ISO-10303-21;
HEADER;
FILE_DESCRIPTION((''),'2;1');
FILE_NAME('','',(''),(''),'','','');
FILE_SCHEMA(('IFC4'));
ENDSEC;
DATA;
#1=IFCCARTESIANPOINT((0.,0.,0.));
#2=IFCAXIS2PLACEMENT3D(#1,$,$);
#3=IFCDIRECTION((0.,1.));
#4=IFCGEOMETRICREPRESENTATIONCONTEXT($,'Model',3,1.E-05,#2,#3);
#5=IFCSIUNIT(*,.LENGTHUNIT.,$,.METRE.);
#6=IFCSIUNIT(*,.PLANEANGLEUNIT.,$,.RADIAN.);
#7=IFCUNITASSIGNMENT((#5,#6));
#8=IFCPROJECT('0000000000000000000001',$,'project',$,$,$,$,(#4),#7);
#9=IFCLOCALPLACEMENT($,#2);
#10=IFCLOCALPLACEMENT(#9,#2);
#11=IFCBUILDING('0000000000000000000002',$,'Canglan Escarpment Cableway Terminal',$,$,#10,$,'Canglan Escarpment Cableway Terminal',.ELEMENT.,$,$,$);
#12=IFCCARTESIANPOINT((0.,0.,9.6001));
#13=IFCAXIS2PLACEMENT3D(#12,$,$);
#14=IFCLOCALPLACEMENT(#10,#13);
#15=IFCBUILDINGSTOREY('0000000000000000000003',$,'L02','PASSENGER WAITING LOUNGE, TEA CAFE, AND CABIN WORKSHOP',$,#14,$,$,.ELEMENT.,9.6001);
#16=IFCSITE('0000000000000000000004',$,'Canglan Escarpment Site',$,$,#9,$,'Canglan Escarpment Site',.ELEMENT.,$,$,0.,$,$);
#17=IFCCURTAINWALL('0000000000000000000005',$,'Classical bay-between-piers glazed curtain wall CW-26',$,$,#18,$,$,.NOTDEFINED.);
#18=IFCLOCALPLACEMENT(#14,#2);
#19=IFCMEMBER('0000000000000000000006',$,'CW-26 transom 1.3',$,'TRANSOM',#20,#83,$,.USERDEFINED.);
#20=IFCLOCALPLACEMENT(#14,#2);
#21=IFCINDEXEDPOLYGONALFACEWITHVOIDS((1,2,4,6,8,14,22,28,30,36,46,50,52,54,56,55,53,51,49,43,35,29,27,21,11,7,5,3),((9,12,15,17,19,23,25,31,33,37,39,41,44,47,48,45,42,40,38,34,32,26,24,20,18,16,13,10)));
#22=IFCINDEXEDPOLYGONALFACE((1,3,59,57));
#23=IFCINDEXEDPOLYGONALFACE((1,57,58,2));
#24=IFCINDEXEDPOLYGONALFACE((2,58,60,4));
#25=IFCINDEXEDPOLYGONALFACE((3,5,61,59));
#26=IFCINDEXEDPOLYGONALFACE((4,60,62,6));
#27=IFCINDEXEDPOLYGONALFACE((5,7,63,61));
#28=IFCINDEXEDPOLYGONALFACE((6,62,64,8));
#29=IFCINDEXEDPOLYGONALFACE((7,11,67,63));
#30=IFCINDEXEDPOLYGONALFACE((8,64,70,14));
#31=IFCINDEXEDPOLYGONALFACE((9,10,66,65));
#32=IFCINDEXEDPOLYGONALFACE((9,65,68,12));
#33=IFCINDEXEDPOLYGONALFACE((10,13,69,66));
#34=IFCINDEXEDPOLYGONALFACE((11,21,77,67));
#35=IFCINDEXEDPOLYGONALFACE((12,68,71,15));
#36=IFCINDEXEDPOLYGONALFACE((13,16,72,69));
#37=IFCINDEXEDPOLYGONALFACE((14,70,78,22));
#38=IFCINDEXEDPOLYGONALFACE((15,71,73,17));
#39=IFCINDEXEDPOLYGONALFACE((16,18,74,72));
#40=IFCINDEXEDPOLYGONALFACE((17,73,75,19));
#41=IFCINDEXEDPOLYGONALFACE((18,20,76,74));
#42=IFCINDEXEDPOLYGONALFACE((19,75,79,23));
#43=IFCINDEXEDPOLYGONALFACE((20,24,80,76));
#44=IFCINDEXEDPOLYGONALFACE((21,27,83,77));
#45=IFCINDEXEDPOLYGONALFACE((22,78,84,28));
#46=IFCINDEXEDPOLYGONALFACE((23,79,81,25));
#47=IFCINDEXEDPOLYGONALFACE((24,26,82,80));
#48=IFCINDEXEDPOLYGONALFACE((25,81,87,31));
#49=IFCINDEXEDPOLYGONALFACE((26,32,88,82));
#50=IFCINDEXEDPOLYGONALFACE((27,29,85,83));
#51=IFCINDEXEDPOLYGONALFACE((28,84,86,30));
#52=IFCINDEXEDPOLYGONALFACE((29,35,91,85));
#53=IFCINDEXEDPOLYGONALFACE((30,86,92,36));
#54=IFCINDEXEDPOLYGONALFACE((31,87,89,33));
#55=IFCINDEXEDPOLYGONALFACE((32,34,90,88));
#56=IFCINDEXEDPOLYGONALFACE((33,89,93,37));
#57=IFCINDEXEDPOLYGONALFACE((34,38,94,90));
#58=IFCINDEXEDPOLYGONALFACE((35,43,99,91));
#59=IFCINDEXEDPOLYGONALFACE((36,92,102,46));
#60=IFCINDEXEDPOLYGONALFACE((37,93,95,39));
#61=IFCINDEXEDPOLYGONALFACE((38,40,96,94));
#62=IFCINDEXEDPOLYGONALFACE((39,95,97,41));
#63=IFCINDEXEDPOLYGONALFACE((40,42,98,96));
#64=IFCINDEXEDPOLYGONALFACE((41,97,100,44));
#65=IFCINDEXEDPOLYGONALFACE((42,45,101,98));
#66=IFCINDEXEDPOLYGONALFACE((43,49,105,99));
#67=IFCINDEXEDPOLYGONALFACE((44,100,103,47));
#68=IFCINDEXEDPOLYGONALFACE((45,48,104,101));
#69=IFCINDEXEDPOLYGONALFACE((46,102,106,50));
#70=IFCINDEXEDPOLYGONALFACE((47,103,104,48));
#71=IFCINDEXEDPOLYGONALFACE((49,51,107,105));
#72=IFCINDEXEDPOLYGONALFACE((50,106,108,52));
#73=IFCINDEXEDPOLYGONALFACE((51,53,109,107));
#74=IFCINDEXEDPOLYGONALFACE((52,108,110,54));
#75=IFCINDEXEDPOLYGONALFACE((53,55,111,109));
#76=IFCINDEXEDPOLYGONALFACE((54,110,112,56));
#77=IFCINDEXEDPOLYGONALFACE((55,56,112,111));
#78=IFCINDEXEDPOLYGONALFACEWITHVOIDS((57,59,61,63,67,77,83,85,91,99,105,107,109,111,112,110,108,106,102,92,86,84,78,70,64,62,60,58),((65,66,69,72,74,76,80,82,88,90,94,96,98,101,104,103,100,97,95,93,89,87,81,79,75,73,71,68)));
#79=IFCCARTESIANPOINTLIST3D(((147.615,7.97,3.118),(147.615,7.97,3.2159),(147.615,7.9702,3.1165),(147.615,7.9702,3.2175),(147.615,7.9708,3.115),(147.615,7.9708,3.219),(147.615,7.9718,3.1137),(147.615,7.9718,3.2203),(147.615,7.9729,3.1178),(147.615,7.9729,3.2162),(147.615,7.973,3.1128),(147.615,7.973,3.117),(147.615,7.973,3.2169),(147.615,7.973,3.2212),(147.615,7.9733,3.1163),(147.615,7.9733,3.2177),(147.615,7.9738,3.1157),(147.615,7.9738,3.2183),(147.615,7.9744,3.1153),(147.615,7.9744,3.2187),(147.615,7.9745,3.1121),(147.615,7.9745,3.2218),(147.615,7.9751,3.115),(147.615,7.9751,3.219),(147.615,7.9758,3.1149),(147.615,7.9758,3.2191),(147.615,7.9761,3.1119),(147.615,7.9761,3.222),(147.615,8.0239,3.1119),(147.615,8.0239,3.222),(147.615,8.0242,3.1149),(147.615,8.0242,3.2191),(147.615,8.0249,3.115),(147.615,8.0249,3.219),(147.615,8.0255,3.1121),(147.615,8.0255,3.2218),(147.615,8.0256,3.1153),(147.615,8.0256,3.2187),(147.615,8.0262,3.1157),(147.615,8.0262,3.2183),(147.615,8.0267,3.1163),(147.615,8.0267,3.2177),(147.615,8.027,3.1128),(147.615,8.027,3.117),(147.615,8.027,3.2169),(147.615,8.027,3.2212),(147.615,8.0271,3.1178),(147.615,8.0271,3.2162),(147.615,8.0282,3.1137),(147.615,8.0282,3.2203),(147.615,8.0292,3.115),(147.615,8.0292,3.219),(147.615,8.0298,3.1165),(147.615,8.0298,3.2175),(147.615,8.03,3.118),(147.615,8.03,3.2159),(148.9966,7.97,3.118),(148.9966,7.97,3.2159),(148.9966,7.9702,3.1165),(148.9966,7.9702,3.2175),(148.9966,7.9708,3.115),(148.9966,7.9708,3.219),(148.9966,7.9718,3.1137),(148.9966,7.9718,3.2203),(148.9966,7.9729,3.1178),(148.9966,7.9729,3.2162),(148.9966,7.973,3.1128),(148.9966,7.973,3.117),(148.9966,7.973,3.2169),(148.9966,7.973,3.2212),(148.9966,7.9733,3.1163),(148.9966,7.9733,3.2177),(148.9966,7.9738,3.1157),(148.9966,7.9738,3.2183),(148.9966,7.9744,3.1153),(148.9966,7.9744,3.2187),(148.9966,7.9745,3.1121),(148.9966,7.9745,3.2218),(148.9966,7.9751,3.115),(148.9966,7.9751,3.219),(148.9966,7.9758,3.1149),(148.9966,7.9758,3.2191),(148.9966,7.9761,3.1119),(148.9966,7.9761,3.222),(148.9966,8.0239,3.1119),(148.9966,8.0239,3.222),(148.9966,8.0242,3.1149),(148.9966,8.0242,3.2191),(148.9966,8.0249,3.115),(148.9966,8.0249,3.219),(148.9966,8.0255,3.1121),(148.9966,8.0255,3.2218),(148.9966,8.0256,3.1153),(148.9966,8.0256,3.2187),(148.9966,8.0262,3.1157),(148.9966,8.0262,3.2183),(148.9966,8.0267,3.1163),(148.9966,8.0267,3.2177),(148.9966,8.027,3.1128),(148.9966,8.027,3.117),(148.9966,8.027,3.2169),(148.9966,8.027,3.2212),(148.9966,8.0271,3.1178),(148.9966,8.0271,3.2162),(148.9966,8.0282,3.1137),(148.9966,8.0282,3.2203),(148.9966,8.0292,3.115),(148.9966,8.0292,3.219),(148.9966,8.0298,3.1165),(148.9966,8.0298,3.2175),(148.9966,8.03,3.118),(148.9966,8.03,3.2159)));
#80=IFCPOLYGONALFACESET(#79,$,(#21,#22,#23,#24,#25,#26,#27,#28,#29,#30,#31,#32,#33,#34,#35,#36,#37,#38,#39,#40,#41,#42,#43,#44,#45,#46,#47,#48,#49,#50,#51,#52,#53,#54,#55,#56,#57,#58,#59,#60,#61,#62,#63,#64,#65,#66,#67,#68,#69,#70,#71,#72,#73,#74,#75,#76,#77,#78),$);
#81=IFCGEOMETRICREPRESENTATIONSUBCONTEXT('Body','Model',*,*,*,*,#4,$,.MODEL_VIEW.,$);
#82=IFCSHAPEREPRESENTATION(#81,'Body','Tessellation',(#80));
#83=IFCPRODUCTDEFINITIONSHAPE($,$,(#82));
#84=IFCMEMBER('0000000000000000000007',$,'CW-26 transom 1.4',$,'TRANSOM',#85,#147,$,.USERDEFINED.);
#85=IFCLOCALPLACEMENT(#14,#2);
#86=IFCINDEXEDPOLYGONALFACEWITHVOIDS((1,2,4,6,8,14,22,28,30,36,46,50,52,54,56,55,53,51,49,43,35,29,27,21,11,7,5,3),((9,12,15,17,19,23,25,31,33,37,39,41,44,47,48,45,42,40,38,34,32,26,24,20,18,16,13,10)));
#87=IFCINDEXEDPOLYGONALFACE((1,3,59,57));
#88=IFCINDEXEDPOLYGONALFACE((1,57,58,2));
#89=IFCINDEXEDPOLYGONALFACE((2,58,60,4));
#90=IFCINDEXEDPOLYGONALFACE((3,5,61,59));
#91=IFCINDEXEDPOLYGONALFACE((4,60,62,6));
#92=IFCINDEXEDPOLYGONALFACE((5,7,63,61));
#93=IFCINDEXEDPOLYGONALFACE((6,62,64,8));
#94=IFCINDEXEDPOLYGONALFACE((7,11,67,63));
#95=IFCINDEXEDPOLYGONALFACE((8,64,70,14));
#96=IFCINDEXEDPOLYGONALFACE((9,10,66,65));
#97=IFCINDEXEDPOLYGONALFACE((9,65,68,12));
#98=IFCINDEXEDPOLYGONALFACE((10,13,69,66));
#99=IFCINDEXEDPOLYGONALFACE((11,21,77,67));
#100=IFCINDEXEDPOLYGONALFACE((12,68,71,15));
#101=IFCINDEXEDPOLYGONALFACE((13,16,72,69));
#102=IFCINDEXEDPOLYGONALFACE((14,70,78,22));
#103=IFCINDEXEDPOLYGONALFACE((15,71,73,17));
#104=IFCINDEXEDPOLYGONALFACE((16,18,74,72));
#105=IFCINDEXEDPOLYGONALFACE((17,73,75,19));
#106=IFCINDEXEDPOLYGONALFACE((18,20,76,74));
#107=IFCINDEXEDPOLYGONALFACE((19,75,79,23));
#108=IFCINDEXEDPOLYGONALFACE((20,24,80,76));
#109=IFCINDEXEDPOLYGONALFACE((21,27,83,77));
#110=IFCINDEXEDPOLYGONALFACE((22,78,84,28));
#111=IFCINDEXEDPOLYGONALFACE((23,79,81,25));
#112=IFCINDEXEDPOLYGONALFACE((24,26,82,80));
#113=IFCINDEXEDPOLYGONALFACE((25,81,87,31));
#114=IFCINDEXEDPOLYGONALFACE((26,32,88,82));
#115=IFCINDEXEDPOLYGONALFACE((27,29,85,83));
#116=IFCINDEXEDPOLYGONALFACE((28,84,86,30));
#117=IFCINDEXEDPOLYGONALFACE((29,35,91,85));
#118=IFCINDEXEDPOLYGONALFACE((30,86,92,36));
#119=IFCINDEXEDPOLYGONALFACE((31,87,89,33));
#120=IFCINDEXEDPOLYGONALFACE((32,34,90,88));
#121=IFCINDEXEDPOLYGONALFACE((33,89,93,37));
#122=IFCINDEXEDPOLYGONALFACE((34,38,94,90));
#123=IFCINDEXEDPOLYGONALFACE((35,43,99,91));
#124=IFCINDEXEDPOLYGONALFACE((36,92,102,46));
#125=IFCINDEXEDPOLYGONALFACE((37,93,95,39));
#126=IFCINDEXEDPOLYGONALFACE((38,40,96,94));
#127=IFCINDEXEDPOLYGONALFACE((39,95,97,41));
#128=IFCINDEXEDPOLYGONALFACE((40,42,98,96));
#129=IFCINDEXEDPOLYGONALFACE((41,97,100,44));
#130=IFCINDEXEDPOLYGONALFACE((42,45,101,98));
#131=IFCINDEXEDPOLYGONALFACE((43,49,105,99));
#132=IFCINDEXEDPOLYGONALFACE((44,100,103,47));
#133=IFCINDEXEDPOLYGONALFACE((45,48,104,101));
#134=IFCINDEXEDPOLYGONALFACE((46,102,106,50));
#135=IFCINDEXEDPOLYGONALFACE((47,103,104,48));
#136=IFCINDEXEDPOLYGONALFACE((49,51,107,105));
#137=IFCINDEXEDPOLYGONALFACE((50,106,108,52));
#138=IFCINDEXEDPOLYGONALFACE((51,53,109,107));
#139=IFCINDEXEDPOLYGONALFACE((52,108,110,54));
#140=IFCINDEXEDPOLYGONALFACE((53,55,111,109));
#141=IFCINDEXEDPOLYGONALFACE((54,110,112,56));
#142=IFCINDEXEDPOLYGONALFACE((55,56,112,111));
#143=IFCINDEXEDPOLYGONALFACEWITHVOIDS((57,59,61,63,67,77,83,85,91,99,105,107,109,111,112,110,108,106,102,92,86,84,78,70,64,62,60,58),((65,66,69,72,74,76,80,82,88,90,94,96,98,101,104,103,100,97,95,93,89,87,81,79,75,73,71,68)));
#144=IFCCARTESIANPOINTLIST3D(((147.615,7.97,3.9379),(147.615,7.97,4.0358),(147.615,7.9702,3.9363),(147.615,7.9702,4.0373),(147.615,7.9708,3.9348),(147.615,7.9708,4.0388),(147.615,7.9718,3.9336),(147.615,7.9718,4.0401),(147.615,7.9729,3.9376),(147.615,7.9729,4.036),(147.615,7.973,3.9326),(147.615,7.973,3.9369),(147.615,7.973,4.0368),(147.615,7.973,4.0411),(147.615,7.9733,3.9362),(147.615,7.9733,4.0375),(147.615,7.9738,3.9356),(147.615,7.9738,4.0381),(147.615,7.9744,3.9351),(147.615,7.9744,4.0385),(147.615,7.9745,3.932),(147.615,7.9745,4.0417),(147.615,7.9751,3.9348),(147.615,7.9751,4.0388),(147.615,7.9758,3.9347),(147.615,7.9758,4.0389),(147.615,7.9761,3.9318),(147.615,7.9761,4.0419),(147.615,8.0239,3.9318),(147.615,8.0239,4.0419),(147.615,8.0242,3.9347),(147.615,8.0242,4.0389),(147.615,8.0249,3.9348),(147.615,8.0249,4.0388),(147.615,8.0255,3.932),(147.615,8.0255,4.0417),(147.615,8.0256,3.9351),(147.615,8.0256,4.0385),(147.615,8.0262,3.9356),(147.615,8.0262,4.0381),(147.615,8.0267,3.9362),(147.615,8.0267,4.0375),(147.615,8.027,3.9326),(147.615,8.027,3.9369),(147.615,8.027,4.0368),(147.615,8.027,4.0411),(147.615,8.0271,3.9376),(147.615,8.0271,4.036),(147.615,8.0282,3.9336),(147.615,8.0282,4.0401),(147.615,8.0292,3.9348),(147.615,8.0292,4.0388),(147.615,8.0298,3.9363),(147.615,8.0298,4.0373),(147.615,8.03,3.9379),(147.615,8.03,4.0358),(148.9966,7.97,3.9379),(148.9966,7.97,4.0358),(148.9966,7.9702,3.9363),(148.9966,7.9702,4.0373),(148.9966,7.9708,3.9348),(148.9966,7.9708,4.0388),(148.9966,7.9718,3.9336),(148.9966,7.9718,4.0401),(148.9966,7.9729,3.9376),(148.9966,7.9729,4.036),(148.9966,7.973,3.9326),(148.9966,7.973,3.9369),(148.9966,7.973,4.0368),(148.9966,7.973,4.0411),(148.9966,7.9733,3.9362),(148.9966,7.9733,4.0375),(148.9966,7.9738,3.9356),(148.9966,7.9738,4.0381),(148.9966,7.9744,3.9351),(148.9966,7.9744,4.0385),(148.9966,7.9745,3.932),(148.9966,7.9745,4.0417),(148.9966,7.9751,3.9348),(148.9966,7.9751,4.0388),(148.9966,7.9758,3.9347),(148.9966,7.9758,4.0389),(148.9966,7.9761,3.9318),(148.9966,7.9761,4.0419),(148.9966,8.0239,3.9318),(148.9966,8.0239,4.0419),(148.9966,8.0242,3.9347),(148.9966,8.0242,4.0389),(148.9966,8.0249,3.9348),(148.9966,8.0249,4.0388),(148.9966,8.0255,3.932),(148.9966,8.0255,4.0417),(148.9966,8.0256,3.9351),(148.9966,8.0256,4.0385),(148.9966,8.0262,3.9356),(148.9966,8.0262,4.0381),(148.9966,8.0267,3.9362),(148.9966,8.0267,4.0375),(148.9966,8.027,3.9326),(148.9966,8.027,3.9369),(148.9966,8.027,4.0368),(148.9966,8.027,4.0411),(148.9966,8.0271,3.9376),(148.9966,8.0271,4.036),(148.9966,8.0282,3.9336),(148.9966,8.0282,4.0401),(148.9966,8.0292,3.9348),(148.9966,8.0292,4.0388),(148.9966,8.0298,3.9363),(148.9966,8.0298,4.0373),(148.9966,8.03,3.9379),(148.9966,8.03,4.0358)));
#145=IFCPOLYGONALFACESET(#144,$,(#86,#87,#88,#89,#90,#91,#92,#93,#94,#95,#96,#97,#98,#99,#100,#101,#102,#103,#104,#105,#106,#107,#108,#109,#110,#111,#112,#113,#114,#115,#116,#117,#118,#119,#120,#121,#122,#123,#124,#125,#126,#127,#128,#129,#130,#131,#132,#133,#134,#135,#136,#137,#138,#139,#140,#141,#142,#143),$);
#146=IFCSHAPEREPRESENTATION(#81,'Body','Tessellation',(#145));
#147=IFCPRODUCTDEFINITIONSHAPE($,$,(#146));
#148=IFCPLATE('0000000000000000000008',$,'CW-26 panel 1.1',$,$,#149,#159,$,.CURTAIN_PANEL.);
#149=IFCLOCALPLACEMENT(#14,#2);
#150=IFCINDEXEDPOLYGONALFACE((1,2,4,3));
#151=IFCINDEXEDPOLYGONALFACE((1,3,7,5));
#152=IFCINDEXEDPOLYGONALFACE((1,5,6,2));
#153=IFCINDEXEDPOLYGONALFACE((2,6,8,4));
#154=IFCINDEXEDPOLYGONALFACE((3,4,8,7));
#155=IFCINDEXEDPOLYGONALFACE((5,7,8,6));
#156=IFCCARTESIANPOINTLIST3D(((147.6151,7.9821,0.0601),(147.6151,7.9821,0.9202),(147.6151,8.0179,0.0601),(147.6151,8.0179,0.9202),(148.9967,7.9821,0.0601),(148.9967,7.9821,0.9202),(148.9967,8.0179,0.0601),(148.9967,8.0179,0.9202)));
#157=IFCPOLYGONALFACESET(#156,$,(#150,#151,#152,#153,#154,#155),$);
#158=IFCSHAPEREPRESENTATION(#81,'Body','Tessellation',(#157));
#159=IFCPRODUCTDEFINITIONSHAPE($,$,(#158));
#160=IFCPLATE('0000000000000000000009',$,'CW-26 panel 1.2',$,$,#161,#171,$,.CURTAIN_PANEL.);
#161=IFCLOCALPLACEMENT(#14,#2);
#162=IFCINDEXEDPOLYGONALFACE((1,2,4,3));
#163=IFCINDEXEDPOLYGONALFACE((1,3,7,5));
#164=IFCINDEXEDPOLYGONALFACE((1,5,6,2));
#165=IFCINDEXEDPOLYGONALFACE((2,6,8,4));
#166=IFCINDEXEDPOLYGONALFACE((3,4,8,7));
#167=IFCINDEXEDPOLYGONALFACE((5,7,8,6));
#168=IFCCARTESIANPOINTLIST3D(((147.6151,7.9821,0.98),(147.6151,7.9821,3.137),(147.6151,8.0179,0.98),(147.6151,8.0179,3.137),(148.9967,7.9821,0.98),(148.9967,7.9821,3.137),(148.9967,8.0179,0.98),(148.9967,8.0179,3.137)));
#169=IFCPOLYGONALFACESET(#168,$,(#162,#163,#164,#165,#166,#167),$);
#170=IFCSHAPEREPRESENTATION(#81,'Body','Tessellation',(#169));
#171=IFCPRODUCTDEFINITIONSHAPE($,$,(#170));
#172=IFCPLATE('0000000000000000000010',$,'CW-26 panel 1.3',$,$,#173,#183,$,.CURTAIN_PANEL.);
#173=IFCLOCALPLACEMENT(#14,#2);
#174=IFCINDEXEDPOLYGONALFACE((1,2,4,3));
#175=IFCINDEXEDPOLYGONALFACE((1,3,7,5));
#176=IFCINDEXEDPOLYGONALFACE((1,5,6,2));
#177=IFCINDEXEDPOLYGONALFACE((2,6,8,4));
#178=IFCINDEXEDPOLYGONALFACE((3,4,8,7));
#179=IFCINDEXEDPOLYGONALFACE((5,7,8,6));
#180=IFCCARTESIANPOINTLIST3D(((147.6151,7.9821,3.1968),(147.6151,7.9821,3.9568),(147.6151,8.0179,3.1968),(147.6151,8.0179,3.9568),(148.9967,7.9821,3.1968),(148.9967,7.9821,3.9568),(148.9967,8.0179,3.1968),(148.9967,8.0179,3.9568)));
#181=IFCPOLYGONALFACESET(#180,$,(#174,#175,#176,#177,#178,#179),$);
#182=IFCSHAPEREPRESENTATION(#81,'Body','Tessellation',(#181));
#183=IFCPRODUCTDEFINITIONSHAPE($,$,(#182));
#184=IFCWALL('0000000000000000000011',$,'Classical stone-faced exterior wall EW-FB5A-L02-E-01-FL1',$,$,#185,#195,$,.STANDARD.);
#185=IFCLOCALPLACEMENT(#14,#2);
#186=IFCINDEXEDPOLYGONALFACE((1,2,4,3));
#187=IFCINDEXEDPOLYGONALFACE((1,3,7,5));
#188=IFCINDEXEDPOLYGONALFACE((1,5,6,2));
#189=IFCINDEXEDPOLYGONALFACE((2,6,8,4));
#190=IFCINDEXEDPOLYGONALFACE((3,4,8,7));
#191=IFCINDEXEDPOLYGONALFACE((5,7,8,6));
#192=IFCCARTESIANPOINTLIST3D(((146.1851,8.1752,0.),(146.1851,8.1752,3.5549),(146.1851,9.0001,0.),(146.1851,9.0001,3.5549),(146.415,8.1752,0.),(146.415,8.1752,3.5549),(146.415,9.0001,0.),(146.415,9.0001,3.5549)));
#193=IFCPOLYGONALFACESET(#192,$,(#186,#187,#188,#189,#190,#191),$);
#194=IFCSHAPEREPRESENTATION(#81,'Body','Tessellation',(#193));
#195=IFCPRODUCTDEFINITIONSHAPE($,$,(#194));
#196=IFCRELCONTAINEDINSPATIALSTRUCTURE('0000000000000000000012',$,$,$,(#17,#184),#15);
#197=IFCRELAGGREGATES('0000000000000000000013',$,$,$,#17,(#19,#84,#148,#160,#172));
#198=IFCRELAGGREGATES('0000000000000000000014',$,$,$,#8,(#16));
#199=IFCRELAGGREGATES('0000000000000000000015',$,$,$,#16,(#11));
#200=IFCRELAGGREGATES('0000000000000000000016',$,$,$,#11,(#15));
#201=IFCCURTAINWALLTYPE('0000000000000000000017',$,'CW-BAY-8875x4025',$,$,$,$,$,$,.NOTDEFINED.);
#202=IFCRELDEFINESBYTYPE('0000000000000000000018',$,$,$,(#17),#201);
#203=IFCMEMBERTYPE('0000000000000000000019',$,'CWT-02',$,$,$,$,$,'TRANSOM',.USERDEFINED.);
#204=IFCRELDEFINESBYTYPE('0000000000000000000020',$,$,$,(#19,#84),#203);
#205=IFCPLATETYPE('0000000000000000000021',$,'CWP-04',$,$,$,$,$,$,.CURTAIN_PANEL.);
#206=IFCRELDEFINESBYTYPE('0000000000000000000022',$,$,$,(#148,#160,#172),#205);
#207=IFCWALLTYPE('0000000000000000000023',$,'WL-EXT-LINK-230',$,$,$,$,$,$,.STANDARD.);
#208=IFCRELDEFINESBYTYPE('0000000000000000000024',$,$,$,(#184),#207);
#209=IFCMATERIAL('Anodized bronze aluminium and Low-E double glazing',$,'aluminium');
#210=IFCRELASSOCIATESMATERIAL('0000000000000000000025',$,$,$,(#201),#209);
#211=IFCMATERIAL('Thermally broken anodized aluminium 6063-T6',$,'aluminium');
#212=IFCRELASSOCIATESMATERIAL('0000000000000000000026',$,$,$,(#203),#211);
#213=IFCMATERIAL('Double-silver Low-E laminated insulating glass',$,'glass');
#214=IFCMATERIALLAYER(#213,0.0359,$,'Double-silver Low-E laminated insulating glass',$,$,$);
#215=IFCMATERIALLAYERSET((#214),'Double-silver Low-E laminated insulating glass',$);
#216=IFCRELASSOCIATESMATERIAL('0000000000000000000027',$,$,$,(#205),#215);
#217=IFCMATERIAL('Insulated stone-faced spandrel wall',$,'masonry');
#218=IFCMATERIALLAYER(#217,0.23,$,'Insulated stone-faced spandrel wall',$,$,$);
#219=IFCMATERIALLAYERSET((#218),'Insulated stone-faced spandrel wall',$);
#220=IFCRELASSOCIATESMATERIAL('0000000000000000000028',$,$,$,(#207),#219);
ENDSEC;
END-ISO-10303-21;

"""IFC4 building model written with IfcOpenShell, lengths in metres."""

from ifc_helpers import new_model, si_unit, direction, frame, frame_2d, origin, origin_2d, place, context, subcontext, project, spatial, rectangle, hollow_rectangle, extrude, material, layer, layer_set, material_profile, profile_set, type_object, element, aggregate, save


model = new_model("IFC4")

# Units and contexts
model_context = context("Model", 3, precision=1e-05, world=origin(), true_north=direction((0.0, 1.0)))
body_context = subcontext(model_context, "Body", "Model", "MODEL_VIEW")
ifc_project = project(units=[si_unit("LENGTHUNIT", "METRE"), si_unit("PLANEANGLEUNIT", "RADIAN")], contexts=[model_context])

# Site, building, storey
site_placement = place(None, origin())
site = spatial("IfcSite", under=ifc_project, at=site_placement, Name="Canglan Escarpment Site", LongName="Canglan Escarpment Site", CompositionType="ELEMENT", RefElevation=0.0)
building_placement = place(site_placement, origin())
building = spatial("IfcBuilding", under=site, at=building_placement, Name="Canglan Escarpment Cableway Terminal", LongName="Canglan Escarpment Cableway Terminal", CompositionType="ELEMENT")
storey_placement = place(building_placement, frame((0.0, 0.0, 9.6001)))
storey = spatial("IfcBuildingStorey", under=building, at=storey_placement, Name="L02", Description="PASSENGER WAITING LOUNGE, TEA CAFE, AND CABIN WORKSHOP", CompositionType="ELEMENT", Elevation=9.6001)

# Curtain wall, members, plates
ifc_material_1 = material(Name="Anodized bronze aluminium and Low-E double glazing", Category="aluminium")
curtain_wall_type = type_object("IfcCurtainWallType", Name="CW-BAY-8875x4025", PredefinedType="NOTDEFINED", material=ifc_material_1)
curtain_wall_placement = place(storey_placement, origin())
curtain_wall = element("IfcCurtainWall", 1, at=curtain_wall_placement, inside=storey, type_object=curtain_wall_type, Name="Classical bay-between-piers glazed curtain wall CW-26", PredefinedType="NOTDEFINED")
ifc_material_2 = material(Name="Thermally broken anodized aluminium 6063-T6", Category="aluminium")
ifc_material_profile_1 = material_profile(ifc_material_2, hollow_rectangle(XDim=0.0601, YDim=0.1101, WallThickness=0.0029, InnerFilletRadius=0.0029, OuterFilletRadius=0.0061, at=origin_2d()), Name="ALU-TRAN 60x110x3")
ifc_profile_set_1 = profile_set([ifc_material_profile_1], Name="Thermally broken anodized aluminium 6063-T6")
member_type_1 = type_object("IfcMemberType", Name="CWT-02", ElementType="TRANSOM", PredefinedType="USERDEFINED", material=ifc_profile_set_1)
member_1_placement = place(storey_placement, frame((147.615, 8.0, 3.167), z_axis=(1.0, 0.0, 0.0), x_axis=(0.0, 1.0, 0.0)))
member_1 = element("IfcMember", 2, at=member_1_placement, type_object=member_type_1, Name="CW-26 transom 1.3", ObjectType="TRANSOM", PredefinedType="USERDEFINED", context=body_context, shape_type="SweptSolid", body=[
    extrude(hollow_rectangle(XDim=0.0601, YDim=0.1101, WallThickness=0.0029, InnerFilletRadius=0.0029, OuterFilletRadius=0.0061, at=origin_2d()), origin(), (0.0, 0.0, 1.0), 1.3816),
])
member_2_placement = place(storey_placement, frame((147.615, 8.0, 3.9868), z_axis=(1.0, 0.0, 0.0), x_axis=(0.0, 1.0, 0.0)))
member_2 = element("IfcMember", 3, at=member_2_placement, type_object=member_type_1, Name="CW-26 transom 1.4", ObjectType="TRANSOM", PredefinedType="USERDEFINED", context=body_context, shape_type="SweptSolid", body=[
    extrude(hollow_rectangle(XDim=0.0601, YDim=0.1101, WallThickness=0.0029, InnerFilletRadius=0.0029, OuterFilletRadius=0.0061, at=origin_2d()), origin(), (0.0, 0.0, 1.0), 1.3816),
])
ifc_material_3 = material(Name="Double-silver Low-E laminated insulating glass", Category="glass")
ifc_layer_1 = layer(ifc_material_3, 0.0359, Name="Double-silver Low-E laminated insulating glass")
ifc_layer_set_1 = layer_set([ifc_layer_1], Name="Double-silver Low-E laminated insulating glass")
plate_type = type_object("IfcPlateType", Name="CWP-04", PredefinedType="CURTAIN_PANEL", material=ifc_layer_set_1)
plate_1_placement = place(storey_placement, frame((148.3059, 8.0, 0.0601), z_axis=(0.0, 0.0, 1.0), x_axis=(1.0, 0.0, 0.0)))
plate_1 = element("IfcPlate", 4, at=plate_1_placement, type_object=plate_type, Name="CW-26 panel 1.1", PredefinedType="CURTAIN_PANEL", context=body_context, shape_type="SweptSolid", body=[
    extrude(rectangle(XDim=1.3816, YDim=0.0359, at=origin_2d()), origin(), (0.0, 0.0, 1.0), 0.8601),
])
plate_2_placement = place(storey_placement, frame((148.3059, 8.0, 0.98), z_axis=(0.0, 0.0, 1.0), x_axis=(1.0, 0.0, 0.0)))
plate_2 = element("IfcPlate", 5, at=plate_2_placement, type_object=plate_type, Name="CW-26 panel 1.2", PredefinedType="CURTAIN_PANEL", context=body_context, shape_type="SweptSolid", body=[
    extrude(rectangle(XDim=1.3816, YDim=0.0359, at=origin_2d()), origin(), (0.0, 0.0, 1.0), 2.157),
])
plate_3_placement = place(storey_placement, frame((148.3059, 8.0, 3.1968), z_axis=(0.0, 0.0, 1.0), x_axis=(1.0, 0.0, 0.0)))
plate_3 = element("IfcPlate", 6, at=plate_3_placement, type_object=plate_type, Name="CW-26 panel 1.3", PredefinedType="CURTAIN_PANEL", context=body_context, shape_type="SweptSolid", body=[
    extrude(rectangle(XDim=1.3816, YDim=0.0359, at=origin_2d()), origin(), (0.0, 0.0, 1.0), 0.76),
])
aggregate(curtain_wall, [member_1, member_2, plate_1, plate_2, plate_3])

# Wall
ifc_material_4 = material(Name="Insulated stone-faced spandrel wall", Category="masonry")
ifc_layer_2 = layer(ifc_material_4, 0.23, Name="Insulated stone-faced spandrel wall")
ifc_layer_set_2 = layer_set([ifc_layer_2], Name="Insulated stone-faced spandrel wall")
wall_type_1 = type_object("IfcWallType", Name="WL-EXT-LINK-230", PredefinedType="STANDARD", material=ifc_layer_set_2)
wall_1_placement = place(storey_placement, frame((146.3, 8.175, 0.0), z_axis=(0.0, 0.0, 1.0), x_axis=(0.0, 1.0, 0.0)))
element("IfcWall", 7, at=wall_1_placement, inside=storey, type_object=wall_type_1, Name="Classical stone-faced exterior wall EW-FB5A-L02-E-01-FL1", PredefinedType="STANDARD", context=body_context, shape_type="SweptSolid", body=[
    extrude(rectangle(XDim=0.825, YDim=0.23, at=frame_2d((0.4126, 0.0))), origin(), (0.0, 0.0, 1.0), 3.5549),
])

save(model, "model.ifc")
